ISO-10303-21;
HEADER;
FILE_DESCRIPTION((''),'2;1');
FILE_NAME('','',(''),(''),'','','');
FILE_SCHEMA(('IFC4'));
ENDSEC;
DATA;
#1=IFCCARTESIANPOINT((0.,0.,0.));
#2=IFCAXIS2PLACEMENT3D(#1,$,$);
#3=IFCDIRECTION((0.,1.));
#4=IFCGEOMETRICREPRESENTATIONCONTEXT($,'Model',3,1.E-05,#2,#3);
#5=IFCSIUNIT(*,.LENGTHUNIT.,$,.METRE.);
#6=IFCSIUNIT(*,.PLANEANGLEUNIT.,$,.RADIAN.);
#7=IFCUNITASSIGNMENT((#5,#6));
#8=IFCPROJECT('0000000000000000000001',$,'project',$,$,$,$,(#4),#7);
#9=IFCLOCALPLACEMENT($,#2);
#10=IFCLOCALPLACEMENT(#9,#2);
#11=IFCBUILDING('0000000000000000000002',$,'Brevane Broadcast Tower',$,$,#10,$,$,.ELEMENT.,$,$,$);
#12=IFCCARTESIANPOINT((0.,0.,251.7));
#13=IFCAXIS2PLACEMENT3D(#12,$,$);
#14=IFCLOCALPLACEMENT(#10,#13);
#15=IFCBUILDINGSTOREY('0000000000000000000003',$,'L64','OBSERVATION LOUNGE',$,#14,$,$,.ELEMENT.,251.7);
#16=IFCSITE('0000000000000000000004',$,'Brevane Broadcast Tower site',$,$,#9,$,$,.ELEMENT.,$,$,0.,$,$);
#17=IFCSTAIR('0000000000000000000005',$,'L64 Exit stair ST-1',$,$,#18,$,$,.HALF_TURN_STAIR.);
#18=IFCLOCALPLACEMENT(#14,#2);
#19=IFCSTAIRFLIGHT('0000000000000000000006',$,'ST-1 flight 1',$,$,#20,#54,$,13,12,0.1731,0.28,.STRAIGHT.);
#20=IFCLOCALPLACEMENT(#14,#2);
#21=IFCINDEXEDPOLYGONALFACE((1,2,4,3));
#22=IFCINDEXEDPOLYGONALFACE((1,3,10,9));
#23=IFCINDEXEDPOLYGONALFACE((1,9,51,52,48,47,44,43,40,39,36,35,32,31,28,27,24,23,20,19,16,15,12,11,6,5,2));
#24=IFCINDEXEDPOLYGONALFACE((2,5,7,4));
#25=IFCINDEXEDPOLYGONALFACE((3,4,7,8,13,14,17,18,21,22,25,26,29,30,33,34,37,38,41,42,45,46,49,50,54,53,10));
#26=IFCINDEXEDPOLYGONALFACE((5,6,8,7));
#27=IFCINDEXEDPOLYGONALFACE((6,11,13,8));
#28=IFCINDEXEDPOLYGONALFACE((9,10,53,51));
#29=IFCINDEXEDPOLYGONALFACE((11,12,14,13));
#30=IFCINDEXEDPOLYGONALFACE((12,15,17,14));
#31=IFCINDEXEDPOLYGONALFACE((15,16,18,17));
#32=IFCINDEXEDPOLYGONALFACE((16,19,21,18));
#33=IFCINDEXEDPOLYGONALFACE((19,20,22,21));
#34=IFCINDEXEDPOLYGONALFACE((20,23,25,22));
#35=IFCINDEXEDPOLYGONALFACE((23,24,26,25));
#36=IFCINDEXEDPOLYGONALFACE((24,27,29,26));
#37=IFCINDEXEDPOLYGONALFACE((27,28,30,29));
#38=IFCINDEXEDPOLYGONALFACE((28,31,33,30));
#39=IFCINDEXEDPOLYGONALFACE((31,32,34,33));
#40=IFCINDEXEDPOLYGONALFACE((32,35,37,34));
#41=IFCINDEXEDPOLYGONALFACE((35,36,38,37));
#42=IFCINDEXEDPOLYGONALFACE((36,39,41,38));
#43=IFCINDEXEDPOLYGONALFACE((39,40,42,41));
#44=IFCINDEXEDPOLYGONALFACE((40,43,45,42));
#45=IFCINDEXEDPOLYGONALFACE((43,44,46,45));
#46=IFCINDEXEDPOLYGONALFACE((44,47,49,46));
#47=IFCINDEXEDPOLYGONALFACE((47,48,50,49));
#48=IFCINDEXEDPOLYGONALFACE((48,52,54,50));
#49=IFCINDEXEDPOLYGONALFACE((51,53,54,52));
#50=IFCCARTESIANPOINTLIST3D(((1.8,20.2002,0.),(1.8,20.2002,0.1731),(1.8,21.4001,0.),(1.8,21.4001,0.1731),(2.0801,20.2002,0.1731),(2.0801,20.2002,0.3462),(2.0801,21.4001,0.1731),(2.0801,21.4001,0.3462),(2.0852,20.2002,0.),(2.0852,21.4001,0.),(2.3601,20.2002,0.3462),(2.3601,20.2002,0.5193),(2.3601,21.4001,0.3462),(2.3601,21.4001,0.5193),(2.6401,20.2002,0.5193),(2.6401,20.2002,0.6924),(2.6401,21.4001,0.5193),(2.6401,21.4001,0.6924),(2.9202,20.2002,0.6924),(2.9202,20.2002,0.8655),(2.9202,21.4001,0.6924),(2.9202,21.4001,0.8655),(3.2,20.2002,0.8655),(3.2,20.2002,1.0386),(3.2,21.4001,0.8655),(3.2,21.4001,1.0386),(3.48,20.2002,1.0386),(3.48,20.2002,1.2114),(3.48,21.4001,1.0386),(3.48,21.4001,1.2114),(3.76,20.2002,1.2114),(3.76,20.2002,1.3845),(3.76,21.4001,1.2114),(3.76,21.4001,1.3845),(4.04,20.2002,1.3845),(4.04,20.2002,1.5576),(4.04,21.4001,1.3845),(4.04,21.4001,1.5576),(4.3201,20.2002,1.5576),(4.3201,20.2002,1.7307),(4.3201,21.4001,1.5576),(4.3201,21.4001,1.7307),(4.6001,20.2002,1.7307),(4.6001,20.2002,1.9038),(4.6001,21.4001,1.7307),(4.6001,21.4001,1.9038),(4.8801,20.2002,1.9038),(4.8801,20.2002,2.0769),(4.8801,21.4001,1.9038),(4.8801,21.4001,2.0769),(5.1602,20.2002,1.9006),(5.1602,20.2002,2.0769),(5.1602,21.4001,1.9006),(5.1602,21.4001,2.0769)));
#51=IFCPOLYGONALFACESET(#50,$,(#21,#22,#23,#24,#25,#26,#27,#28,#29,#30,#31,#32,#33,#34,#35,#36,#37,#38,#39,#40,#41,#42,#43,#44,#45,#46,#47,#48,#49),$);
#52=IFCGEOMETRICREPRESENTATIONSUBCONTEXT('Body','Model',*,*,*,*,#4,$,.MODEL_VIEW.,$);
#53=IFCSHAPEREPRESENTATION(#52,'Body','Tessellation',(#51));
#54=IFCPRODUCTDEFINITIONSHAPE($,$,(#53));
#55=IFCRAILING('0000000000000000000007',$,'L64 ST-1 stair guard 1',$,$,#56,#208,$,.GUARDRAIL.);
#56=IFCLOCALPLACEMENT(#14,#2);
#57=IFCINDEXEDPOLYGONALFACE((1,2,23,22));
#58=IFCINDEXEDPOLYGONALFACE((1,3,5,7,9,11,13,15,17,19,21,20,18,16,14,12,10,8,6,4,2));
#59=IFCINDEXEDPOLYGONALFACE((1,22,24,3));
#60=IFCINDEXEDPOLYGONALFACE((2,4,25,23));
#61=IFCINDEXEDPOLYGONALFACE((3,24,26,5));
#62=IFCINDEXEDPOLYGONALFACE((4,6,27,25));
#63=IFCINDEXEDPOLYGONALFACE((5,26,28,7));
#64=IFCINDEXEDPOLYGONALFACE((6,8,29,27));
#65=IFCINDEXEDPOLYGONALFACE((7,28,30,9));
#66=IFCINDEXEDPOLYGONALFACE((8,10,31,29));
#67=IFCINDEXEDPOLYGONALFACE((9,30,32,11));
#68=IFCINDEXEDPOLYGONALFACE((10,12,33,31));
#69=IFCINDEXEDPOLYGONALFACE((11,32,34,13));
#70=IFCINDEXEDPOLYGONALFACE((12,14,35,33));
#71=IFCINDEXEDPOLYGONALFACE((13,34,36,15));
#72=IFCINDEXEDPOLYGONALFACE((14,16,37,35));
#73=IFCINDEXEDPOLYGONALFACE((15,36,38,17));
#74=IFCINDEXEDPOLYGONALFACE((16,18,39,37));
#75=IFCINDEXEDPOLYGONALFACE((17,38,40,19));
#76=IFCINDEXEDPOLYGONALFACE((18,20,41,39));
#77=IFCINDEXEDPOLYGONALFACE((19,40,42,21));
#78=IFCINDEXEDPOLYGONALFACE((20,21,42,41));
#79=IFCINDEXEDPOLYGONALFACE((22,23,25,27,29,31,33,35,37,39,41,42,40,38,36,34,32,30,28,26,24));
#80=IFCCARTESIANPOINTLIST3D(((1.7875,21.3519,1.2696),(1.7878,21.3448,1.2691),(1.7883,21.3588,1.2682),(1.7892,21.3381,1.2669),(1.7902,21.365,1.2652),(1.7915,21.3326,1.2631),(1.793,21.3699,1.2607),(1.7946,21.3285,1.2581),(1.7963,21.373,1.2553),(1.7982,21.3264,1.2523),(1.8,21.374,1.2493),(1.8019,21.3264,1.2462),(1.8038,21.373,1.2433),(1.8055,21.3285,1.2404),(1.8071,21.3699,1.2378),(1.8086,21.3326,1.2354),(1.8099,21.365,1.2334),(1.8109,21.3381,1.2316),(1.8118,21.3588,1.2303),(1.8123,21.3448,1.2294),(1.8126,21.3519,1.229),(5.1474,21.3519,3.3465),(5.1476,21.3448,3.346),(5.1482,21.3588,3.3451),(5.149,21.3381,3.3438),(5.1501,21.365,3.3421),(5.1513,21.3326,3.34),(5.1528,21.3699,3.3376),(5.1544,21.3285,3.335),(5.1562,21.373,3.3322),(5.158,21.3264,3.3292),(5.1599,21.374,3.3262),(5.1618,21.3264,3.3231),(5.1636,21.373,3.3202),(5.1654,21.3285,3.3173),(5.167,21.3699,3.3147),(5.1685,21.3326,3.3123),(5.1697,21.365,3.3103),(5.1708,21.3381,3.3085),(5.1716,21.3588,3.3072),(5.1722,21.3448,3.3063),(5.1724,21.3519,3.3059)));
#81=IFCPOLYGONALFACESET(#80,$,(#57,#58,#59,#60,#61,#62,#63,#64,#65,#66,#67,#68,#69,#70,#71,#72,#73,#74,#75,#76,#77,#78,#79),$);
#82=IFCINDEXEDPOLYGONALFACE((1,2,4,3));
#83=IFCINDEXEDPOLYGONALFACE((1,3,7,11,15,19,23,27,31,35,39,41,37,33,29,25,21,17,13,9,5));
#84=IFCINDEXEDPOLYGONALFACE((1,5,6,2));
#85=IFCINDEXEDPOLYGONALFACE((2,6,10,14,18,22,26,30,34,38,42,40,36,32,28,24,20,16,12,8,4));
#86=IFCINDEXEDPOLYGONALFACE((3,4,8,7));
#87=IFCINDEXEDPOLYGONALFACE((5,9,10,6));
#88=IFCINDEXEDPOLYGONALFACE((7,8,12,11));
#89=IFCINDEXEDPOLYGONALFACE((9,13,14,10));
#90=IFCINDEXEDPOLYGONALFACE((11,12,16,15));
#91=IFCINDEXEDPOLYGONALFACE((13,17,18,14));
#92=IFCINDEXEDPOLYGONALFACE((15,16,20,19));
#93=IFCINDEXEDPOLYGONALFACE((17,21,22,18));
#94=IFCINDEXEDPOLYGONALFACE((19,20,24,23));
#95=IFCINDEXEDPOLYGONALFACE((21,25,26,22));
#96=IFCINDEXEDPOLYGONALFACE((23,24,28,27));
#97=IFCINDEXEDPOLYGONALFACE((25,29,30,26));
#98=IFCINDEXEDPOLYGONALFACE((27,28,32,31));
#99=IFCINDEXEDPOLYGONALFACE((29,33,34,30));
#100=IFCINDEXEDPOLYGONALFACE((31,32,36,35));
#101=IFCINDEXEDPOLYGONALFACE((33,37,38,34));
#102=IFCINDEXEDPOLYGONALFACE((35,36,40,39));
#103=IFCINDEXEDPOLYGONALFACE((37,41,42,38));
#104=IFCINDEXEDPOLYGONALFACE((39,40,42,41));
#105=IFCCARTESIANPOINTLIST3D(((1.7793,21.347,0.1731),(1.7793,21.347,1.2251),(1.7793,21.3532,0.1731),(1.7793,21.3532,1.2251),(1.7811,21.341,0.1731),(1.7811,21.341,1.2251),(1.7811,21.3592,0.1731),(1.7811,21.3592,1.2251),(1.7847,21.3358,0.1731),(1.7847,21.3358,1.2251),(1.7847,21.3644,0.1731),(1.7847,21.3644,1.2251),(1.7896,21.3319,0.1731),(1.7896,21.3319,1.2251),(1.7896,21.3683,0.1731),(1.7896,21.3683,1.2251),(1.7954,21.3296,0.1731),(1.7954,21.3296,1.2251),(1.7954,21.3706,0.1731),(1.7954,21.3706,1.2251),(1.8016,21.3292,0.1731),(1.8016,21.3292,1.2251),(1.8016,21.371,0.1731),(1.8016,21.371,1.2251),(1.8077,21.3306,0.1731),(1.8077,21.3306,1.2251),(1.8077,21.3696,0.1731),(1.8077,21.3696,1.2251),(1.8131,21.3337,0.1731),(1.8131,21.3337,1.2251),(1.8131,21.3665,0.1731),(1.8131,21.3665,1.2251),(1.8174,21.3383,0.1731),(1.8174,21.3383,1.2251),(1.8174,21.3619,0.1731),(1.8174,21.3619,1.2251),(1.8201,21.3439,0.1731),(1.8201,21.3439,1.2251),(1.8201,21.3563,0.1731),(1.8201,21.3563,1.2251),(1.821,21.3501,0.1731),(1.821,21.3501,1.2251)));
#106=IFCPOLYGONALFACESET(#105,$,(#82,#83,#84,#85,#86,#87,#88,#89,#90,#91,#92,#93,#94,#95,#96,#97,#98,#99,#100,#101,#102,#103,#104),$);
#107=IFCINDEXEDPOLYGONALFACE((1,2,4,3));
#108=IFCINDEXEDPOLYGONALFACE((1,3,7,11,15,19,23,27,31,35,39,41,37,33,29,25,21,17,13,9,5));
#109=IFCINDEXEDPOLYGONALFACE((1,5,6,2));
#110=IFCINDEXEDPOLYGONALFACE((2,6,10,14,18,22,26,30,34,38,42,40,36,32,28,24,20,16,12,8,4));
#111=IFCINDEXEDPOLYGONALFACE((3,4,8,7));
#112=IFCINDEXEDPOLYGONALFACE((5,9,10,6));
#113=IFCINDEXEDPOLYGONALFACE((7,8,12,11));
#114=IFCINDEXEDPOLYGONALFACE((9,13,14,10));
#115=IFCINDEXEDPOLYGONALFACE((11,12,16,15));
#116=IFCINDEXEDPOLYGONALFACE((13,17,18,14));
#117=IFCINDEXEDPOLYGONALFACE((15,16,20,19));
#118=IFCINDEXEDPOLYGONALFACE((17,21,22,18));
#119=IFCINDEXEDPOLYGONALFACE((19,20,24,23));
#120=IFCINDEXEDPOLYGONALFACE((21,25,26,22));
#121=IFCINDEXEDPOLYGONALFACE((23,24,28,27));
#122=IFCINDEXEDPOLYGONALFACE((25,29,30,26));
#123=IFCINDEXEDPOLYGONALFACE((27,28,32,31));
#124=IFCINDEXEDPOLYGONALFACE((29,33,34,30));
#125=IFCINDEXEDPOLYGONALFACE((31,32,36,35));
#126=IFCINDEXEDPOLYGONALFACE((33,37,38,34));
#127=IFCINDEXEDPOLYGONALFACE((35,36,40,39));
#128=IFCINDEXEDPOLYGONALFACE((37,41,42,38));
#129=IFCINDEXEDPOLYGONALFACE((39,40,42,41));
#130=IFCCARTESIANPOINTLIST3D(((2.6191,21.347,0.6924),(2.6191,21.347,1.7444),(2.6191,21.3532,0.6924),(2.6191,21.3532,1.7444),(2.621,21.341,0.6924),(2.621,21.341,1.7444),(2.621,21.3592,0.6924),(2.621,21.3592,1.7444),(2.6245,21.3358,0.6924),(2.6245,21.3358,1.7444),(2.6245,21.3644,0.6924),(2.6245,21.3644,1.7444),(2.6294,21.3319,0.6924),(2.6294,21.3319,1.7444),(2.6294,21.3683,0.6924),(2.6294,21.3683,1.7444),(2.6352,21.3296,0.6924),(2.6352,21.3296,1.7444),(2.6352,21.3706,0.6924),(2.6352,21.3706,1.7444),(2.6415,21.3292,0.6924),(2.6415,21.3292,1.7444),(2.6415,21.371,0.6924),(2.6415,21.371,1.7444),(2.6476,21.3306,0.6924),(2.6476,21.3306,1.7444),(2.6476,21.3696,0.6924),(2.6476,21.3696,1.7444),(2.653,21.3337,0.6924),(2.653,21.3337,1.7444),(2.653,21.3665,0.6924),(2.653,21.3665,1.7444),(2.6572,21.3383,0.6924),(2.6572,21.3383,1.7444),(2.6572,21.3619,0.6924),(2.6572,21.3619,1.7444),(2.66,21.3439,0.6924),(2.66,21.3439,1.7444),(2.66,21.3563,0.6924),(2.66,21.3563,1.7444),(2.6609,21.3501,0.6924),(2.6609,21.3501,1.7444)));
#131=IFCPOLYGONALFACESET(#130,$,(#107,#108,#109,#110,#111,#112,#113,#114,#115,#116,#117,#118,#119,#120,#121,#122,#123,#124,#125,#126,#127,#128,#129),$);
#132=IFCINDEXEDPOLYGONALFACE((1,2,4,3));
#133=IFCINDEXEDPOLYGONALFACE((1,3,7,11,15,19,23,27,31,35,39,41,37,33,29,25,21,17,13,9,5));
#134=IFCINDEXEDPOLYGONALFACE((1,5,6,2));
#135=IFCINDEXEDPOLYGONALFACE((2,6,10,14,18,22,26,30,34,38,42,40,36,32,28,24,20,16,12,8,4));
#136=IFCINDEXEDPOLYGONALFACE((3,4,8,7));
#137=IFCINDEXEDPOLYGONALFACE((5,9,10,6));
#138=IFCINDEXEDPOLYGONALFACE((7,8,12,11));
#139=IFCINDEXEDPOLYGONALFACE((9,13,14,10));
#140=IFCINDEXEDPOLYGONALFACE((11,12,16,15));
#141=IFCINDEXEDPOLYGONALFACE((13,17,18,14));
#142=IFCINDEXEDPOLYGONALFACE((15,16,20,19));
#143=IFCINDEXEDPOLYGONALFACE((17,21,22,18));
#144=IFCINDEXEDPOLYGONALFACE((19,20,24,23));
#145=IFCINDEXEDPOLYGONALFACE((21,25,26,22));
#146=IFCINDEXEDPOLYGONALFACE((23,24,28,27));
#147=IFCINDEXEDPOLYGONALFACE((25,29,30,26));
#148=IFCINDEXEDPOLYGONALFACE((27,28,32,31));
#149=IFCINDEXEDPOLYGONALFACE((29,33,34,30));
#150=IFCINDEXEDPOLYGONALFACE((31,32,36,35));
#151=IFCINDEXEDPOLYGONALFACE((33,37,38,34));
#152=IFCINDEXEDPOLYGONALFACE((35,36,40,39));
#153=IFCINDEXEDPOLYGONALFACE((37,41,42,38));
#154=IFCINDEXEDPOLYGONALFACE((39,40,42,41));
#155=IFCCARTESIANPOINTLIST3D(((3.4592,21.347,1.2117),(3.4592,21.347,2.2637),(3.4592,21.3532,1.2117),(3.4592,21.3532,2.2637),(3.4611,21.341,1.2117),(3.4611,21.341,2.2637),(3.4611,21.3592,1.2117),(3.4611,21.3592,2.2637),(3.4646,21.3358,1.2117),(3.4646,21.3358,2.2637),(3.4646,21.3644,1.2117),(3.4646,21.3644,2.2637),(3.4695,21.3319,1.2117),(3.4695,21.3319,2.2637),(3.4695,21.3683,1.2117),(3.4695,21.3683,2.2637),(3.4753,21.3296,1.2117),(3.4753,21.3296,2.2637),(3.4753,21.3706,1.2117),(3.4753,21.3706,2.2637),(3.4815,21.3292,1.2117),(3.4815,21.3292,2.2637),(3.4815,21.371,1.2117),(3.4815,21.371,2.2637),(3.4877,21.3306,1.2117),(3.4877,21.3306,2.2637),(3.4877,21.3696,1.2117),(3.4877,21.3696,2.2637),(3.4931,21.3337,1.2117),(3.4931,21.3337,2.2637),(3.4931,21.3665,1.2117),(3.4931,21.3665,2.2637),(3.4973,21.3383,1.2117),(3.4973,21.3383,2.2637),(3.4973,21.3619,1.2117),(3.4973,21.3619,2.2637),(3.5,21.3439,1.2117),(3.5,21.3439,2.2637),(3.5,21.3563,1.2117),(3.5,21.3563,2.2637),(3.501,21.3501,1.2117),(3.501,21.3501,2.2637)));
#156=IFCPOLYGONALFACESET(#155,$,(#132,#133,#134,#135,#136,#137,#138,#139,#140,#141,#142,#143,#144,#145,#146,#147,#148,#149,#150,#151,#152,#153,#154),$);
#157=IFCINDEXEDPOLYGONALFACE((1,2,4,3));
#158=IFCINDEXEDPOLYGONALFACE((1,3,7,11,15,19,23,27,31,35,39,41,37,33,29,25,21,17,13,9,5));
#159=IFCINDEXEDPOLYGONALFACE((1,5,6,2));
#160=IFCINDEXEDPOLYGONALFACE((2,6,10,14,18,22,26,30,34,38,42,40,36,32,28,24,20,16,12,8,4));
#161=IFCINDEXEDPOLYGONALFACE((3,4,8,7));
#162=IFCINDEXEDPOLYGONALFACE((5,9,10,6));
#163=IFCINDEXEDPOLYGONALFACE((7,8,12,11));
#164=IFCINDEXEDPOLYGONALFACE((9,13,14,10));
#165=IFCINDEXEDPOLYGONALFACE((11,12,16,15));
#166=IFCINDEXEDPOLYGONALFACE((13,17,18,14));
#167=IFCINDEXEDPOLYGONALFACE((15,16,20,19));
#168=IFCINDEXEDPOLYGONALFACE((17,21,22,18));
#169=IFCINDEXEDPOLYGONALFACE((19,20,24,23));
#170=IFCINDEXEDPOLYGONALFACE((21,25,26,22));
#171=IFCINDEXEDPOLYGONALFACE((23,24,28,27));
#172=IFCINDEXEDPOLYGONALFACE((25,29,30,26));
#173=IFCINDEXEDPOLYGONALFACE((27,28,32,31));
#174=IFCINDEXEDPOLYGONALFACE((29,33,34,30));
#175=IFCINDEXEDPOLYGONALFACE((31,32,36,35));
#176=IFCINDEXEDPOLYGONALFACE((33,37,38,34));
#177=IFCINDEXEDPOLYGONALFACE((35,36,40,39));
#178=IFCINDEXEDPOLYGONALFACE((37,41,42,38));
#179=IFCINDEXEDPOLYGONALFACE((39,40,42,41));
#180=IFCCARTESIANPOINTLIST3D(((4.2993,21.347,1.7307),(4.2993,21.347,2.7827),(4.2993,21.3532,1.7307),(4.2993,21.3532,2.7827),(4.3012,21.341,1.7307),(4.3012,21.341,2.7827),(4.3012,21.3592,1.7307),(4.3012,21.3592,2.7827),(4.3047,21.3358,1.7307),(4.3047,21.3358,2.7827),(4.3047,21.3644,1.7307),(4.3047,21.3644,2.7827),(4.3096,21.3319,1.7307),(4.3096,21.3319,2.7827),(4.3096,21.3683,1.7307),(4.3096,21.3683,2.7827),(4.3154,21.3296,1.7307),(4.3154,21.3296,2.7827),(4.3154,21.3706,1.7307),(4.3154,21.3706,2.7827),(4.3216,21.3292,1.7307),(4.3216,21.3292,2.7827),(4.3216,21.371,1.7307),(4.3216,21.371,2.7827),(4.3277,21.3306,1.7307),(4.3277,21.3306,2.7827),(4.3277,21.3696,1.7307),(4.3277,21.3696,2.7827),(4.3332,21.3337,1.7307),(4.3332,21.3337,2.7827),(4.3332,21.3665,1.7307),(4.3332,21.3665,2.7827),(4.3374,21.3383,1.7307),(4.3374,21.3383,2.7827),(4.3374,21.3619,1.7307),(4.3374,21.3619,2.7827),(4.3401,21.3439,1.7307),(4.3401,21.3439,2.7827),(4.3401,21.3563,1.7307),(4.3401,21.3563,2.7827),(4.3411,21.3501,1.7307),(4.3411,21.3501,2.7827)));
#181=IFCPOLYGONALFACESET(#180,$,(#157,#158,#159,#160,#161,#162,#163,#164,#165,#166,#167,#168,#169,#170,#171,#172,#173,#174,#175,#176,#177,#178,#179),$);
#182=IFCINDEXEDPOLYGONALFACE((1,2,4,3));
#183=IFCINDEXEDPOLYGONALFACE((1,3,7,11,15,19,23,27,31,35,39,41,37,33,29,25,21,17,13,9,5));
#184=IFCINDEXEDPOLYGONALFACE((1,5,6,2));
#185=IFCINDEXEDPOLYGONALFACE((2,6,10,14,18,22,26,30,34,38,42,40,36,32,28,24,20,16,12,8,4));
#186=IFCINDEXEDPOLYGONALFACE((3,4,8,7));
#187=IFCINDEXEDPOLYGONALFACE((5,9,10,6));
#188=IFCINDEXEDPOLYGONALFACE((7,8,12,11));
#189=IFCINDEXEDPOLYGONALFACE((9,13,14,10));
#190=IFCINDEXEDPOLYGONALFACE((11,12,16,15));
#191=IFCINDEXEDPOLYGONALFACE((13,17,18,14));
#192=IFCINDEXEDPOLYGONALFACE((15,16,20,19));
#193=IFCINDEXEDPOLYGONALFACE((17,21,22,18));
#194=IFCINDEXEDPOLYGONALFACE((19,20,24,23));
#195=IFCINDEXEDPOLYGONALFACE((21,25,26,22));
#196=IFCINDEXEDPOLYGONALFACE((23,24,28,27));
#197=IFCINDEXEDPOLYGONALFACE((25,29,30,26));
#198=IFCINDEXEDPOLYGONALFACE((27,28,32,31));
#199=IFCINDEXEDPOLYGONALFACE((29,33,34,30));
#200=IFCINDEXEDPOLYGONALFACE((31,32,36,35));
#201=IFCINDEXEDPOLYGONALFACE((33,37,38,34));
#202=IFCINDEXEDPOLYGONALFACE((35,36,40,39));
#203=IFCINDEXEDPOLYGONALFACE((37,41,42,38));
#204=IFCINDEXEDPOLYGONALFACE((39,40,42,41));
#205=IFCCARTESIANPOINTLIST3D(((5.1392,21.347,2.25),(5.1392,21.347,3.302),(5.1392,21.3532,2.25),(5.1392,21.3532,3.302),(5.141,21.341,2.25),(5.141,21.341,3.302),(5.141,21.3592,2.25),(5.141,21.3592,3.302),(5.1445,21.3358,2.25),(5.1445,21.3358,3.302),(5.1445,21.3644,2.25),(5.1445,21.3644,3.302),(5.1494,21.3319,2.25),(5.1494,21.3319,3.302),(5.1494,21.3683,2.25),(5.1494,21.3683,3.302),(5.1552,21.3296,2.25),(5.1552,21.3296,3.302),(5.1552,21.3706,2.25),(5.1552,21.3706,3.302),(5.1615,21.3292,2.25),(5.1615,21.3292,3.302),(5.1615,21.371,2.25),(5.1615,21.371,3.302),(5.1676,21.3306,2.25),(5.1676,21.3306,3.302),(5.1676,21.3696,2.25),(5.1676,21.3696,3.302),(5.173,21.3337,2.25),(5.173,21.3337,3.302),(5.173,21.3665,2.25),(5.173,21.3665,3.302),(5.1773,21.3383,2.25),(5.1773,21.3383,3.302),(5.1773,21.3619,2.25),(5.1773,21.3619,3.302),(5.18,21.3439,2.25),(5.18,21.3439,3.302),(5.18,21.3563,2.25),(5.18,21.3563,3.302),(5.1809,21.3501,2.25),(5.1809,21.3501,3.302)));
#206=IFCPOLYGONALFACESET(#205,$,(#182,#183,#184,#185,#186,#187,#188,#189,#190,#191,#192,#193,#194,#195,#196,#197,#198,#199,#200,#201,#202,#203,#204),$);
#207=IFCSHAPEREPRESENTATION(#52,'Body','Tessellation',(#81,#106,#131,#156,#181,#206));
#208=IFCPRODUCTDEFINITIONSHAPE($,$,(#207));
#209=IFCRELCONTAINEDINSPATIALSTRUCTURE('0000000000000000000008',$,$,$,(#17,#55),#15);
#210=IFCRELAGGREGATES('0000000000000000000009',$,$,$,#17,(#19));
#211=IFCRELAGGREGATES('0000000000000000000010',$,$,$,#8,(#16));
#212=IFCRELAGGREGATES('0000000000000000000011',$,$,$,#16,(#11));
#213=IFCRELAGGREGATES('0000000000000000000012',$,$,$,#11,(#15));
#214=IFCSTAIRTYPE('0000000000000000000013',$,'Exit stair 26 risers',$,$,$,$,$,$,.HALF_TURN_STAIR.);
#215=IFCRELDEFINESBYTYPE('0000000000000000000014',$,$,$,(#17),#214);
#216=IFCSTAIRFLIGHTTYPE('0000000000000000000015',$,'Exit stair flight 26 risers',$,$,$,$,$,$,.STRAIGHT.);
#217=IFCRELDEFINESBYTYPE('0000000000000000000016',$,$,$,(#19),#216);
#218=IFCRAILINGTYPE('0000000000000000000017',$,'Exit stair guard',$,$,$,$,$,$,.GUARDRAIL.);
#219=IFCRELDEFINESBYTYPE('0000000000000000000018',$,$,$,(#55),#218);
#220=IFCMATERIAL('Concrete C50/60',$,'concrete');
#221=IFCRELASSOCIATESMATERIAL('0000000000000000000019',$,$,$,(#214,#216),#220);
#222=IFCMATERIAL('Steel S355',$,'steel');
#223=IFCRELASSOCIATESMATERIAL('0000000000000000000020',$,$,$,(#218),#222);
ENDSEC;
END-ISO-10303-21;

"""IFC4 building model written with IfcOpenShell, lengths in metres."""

from ifc_helpers import new_model, si_unit, direction, frame, origin, origin_2d, place, context, subcontext, project, spatial, polyline, circle, outline, extrude, material, type_object, element, aggregate, save


model = new_model("IFC4")

# Units and contexts
model_context = context("Model", 3, precision=1e-05, world=origin(), true_north=direction((0.0, 1.0)))
body_context = subcontext(model_context, "Body", "Model", "MODEL_VIEW")
ifc_project = project(units=[si_unit("LENGTHUNIT", "METRE"), si_unit("PLANEANGLEUNIT", "RADIAN")], contexts=[model_context])

# Site, building, storey
site_placement = place(None, origin())
site = spatial("IfcSite", under=ifc_project, at=site_placement, Name="Brevane Broadcast Tower site", CompositionType="ELEMENT", RefElevation=0.0)
building_placement = place(site_placement, origin())
building = spatial("IfcBuilding", under=site, at=building_placement, Name="Brevane Broadcast Tower", CompositionType="ELEMENT")
storey_placement = place(building_placement, frame((0.0, 0.0, 251.7)))
storey = spatial("IfcBuildingStorey", under=building, at=storey_placement, Name="L64", Description="OBSERVATION LOUNGE", CompositionType="ELEMENT", Elevation=251.7)

# Shared definitions
ifc_material_1 = material(Name="Concrete C50/60", Category="concrete")

# Stair, stair flight
stair_type = type_object("IfcStairType", Name="Exit stair 26 risers", PredefinedType="HALF_TURN_STAIR", material=ifc_material_1)
stair_placement = place(storey_placement, origin())
stair = element("IfcStair", 1, at=stair_placement, inside=storey, type_object=stair_type, Name="L64 Exit stair ST-1", PredefinedType="HALF_TURN_STAIR")
stair_flight_type = type_object("IfcStairFlightType", Name="Exit stair flight 26 risers", PredefinedType="STRAIGHT", material=ifc_material_1)
stair_flight_placement = place(storey_placement, frame((1.8, 20.8, 0.0), z_axis=(0.0, 0.0, 1.0), x_axis=(1.0, 0.0, 0.0)))
stair_flight = element("IfcStairFlight", 2, at=stair_flight_placement, type_object=stair_flight_type, Name="ST-1 flight 1", NumberOfRisers=13, NumberOfTreads=12, PredefinedType="STRAIGHT", RiserHeight=0.1731, TreadLength=0.28, context=body_context, shape_type="SweptSolid", body=[
    extrude(outline(polyline([(0.0, 0.0), (0.0, 0.1731), (0.28, 0.1731), (0.28, 0.3462), (0.5601, 0.3462), (0.5601, 0.5193), (0.8401, 0.5193), (0.8401, 0.6924), (1.1201, 0.6924), (1.1201, 0.8655), (1.3999, 0.8655), (1.3999, 1.0386), (1.6799, 1.0386), (1.6799, 1.2114), (1.96, 1.2114), (1.96, 1.3845), (2.24, 1.3845), (2.24, 1.5576), (2.52, 1.5576), (2.52, 1.7307), (2.8, 1.7307), (2.8, 1.9038), (3.0801, 1.9038), (3.0801, 2.0769), (3.3601, 2.0769), (3.3601, 2.25), (3.3601, 1.9006), (0.2852, 0.0), (0.0, 0.0)])), frame((0.0, 0.6001, 0.0), z_axis=(0.0, -1.0, 0.0), x_axis=(1.0, 0.0, 0.0)), (0.0, 0.0, 1.0), 1.2),
])
aggregate(stair, [stair_flight])

# Railing
ifc_material_2 = material(Name="Steel S355", Category="steel")
railing_type_1 = type_object("IfcRailingType", Name="Exit stair guard", PredefinedType="GUARDRAIL", material=ifc_material_2)
railing_1_placement = place(storey_placement, frame((1.8, 21.3501, 0.1731)))
element("IfcRailing", 3, at=railing_1_placement, inside=storey, type_object=railing_type_1, Name="L64 ST-1 stair guard 1", PredefinedType="GUARDRAIL", context=body_context, shape_type="SweptSolid", body=[
    extrude(circle(Radius=0.0239, at=origin_2d()), frame((0.0, 0.0, 1.0762), z_axis=(0.850606, 0.0, 0.525803), x_axis=(0.0, 1.0, 0.0)), (0.0, 0.0, 1.0), 3.95),
    extrude(circle(Radius=0.021, at=origin_2d()), origin(), (0.0, 0.0, 1.0), 1.052),
    extrude(circle(Radius=0.021, at=origin_2d()), frame((0.8398, 0.0, 0.5193)), (0.0, 0.0, 1.0), 1.052),
    extrude(circle(Radius=0.021, at=origin_2d()), frame((1.6799, 0.0, 1.0386)), (0.0, 0.0, 1.0), 1.052),
    extrude(circle(Radius=0.021, at=origin_2d()), frame((2.52, 0.0, 1.5576)), (0.0, 0.0, 1.0), 1.052),
    extrude(circle(Radius=0.021, at=origin_2d()), frame((3.3599, 0.0, 2.0769)), (0.0, 0.0, 1.0), 1.052),
])

save(model, "model.ifc")
